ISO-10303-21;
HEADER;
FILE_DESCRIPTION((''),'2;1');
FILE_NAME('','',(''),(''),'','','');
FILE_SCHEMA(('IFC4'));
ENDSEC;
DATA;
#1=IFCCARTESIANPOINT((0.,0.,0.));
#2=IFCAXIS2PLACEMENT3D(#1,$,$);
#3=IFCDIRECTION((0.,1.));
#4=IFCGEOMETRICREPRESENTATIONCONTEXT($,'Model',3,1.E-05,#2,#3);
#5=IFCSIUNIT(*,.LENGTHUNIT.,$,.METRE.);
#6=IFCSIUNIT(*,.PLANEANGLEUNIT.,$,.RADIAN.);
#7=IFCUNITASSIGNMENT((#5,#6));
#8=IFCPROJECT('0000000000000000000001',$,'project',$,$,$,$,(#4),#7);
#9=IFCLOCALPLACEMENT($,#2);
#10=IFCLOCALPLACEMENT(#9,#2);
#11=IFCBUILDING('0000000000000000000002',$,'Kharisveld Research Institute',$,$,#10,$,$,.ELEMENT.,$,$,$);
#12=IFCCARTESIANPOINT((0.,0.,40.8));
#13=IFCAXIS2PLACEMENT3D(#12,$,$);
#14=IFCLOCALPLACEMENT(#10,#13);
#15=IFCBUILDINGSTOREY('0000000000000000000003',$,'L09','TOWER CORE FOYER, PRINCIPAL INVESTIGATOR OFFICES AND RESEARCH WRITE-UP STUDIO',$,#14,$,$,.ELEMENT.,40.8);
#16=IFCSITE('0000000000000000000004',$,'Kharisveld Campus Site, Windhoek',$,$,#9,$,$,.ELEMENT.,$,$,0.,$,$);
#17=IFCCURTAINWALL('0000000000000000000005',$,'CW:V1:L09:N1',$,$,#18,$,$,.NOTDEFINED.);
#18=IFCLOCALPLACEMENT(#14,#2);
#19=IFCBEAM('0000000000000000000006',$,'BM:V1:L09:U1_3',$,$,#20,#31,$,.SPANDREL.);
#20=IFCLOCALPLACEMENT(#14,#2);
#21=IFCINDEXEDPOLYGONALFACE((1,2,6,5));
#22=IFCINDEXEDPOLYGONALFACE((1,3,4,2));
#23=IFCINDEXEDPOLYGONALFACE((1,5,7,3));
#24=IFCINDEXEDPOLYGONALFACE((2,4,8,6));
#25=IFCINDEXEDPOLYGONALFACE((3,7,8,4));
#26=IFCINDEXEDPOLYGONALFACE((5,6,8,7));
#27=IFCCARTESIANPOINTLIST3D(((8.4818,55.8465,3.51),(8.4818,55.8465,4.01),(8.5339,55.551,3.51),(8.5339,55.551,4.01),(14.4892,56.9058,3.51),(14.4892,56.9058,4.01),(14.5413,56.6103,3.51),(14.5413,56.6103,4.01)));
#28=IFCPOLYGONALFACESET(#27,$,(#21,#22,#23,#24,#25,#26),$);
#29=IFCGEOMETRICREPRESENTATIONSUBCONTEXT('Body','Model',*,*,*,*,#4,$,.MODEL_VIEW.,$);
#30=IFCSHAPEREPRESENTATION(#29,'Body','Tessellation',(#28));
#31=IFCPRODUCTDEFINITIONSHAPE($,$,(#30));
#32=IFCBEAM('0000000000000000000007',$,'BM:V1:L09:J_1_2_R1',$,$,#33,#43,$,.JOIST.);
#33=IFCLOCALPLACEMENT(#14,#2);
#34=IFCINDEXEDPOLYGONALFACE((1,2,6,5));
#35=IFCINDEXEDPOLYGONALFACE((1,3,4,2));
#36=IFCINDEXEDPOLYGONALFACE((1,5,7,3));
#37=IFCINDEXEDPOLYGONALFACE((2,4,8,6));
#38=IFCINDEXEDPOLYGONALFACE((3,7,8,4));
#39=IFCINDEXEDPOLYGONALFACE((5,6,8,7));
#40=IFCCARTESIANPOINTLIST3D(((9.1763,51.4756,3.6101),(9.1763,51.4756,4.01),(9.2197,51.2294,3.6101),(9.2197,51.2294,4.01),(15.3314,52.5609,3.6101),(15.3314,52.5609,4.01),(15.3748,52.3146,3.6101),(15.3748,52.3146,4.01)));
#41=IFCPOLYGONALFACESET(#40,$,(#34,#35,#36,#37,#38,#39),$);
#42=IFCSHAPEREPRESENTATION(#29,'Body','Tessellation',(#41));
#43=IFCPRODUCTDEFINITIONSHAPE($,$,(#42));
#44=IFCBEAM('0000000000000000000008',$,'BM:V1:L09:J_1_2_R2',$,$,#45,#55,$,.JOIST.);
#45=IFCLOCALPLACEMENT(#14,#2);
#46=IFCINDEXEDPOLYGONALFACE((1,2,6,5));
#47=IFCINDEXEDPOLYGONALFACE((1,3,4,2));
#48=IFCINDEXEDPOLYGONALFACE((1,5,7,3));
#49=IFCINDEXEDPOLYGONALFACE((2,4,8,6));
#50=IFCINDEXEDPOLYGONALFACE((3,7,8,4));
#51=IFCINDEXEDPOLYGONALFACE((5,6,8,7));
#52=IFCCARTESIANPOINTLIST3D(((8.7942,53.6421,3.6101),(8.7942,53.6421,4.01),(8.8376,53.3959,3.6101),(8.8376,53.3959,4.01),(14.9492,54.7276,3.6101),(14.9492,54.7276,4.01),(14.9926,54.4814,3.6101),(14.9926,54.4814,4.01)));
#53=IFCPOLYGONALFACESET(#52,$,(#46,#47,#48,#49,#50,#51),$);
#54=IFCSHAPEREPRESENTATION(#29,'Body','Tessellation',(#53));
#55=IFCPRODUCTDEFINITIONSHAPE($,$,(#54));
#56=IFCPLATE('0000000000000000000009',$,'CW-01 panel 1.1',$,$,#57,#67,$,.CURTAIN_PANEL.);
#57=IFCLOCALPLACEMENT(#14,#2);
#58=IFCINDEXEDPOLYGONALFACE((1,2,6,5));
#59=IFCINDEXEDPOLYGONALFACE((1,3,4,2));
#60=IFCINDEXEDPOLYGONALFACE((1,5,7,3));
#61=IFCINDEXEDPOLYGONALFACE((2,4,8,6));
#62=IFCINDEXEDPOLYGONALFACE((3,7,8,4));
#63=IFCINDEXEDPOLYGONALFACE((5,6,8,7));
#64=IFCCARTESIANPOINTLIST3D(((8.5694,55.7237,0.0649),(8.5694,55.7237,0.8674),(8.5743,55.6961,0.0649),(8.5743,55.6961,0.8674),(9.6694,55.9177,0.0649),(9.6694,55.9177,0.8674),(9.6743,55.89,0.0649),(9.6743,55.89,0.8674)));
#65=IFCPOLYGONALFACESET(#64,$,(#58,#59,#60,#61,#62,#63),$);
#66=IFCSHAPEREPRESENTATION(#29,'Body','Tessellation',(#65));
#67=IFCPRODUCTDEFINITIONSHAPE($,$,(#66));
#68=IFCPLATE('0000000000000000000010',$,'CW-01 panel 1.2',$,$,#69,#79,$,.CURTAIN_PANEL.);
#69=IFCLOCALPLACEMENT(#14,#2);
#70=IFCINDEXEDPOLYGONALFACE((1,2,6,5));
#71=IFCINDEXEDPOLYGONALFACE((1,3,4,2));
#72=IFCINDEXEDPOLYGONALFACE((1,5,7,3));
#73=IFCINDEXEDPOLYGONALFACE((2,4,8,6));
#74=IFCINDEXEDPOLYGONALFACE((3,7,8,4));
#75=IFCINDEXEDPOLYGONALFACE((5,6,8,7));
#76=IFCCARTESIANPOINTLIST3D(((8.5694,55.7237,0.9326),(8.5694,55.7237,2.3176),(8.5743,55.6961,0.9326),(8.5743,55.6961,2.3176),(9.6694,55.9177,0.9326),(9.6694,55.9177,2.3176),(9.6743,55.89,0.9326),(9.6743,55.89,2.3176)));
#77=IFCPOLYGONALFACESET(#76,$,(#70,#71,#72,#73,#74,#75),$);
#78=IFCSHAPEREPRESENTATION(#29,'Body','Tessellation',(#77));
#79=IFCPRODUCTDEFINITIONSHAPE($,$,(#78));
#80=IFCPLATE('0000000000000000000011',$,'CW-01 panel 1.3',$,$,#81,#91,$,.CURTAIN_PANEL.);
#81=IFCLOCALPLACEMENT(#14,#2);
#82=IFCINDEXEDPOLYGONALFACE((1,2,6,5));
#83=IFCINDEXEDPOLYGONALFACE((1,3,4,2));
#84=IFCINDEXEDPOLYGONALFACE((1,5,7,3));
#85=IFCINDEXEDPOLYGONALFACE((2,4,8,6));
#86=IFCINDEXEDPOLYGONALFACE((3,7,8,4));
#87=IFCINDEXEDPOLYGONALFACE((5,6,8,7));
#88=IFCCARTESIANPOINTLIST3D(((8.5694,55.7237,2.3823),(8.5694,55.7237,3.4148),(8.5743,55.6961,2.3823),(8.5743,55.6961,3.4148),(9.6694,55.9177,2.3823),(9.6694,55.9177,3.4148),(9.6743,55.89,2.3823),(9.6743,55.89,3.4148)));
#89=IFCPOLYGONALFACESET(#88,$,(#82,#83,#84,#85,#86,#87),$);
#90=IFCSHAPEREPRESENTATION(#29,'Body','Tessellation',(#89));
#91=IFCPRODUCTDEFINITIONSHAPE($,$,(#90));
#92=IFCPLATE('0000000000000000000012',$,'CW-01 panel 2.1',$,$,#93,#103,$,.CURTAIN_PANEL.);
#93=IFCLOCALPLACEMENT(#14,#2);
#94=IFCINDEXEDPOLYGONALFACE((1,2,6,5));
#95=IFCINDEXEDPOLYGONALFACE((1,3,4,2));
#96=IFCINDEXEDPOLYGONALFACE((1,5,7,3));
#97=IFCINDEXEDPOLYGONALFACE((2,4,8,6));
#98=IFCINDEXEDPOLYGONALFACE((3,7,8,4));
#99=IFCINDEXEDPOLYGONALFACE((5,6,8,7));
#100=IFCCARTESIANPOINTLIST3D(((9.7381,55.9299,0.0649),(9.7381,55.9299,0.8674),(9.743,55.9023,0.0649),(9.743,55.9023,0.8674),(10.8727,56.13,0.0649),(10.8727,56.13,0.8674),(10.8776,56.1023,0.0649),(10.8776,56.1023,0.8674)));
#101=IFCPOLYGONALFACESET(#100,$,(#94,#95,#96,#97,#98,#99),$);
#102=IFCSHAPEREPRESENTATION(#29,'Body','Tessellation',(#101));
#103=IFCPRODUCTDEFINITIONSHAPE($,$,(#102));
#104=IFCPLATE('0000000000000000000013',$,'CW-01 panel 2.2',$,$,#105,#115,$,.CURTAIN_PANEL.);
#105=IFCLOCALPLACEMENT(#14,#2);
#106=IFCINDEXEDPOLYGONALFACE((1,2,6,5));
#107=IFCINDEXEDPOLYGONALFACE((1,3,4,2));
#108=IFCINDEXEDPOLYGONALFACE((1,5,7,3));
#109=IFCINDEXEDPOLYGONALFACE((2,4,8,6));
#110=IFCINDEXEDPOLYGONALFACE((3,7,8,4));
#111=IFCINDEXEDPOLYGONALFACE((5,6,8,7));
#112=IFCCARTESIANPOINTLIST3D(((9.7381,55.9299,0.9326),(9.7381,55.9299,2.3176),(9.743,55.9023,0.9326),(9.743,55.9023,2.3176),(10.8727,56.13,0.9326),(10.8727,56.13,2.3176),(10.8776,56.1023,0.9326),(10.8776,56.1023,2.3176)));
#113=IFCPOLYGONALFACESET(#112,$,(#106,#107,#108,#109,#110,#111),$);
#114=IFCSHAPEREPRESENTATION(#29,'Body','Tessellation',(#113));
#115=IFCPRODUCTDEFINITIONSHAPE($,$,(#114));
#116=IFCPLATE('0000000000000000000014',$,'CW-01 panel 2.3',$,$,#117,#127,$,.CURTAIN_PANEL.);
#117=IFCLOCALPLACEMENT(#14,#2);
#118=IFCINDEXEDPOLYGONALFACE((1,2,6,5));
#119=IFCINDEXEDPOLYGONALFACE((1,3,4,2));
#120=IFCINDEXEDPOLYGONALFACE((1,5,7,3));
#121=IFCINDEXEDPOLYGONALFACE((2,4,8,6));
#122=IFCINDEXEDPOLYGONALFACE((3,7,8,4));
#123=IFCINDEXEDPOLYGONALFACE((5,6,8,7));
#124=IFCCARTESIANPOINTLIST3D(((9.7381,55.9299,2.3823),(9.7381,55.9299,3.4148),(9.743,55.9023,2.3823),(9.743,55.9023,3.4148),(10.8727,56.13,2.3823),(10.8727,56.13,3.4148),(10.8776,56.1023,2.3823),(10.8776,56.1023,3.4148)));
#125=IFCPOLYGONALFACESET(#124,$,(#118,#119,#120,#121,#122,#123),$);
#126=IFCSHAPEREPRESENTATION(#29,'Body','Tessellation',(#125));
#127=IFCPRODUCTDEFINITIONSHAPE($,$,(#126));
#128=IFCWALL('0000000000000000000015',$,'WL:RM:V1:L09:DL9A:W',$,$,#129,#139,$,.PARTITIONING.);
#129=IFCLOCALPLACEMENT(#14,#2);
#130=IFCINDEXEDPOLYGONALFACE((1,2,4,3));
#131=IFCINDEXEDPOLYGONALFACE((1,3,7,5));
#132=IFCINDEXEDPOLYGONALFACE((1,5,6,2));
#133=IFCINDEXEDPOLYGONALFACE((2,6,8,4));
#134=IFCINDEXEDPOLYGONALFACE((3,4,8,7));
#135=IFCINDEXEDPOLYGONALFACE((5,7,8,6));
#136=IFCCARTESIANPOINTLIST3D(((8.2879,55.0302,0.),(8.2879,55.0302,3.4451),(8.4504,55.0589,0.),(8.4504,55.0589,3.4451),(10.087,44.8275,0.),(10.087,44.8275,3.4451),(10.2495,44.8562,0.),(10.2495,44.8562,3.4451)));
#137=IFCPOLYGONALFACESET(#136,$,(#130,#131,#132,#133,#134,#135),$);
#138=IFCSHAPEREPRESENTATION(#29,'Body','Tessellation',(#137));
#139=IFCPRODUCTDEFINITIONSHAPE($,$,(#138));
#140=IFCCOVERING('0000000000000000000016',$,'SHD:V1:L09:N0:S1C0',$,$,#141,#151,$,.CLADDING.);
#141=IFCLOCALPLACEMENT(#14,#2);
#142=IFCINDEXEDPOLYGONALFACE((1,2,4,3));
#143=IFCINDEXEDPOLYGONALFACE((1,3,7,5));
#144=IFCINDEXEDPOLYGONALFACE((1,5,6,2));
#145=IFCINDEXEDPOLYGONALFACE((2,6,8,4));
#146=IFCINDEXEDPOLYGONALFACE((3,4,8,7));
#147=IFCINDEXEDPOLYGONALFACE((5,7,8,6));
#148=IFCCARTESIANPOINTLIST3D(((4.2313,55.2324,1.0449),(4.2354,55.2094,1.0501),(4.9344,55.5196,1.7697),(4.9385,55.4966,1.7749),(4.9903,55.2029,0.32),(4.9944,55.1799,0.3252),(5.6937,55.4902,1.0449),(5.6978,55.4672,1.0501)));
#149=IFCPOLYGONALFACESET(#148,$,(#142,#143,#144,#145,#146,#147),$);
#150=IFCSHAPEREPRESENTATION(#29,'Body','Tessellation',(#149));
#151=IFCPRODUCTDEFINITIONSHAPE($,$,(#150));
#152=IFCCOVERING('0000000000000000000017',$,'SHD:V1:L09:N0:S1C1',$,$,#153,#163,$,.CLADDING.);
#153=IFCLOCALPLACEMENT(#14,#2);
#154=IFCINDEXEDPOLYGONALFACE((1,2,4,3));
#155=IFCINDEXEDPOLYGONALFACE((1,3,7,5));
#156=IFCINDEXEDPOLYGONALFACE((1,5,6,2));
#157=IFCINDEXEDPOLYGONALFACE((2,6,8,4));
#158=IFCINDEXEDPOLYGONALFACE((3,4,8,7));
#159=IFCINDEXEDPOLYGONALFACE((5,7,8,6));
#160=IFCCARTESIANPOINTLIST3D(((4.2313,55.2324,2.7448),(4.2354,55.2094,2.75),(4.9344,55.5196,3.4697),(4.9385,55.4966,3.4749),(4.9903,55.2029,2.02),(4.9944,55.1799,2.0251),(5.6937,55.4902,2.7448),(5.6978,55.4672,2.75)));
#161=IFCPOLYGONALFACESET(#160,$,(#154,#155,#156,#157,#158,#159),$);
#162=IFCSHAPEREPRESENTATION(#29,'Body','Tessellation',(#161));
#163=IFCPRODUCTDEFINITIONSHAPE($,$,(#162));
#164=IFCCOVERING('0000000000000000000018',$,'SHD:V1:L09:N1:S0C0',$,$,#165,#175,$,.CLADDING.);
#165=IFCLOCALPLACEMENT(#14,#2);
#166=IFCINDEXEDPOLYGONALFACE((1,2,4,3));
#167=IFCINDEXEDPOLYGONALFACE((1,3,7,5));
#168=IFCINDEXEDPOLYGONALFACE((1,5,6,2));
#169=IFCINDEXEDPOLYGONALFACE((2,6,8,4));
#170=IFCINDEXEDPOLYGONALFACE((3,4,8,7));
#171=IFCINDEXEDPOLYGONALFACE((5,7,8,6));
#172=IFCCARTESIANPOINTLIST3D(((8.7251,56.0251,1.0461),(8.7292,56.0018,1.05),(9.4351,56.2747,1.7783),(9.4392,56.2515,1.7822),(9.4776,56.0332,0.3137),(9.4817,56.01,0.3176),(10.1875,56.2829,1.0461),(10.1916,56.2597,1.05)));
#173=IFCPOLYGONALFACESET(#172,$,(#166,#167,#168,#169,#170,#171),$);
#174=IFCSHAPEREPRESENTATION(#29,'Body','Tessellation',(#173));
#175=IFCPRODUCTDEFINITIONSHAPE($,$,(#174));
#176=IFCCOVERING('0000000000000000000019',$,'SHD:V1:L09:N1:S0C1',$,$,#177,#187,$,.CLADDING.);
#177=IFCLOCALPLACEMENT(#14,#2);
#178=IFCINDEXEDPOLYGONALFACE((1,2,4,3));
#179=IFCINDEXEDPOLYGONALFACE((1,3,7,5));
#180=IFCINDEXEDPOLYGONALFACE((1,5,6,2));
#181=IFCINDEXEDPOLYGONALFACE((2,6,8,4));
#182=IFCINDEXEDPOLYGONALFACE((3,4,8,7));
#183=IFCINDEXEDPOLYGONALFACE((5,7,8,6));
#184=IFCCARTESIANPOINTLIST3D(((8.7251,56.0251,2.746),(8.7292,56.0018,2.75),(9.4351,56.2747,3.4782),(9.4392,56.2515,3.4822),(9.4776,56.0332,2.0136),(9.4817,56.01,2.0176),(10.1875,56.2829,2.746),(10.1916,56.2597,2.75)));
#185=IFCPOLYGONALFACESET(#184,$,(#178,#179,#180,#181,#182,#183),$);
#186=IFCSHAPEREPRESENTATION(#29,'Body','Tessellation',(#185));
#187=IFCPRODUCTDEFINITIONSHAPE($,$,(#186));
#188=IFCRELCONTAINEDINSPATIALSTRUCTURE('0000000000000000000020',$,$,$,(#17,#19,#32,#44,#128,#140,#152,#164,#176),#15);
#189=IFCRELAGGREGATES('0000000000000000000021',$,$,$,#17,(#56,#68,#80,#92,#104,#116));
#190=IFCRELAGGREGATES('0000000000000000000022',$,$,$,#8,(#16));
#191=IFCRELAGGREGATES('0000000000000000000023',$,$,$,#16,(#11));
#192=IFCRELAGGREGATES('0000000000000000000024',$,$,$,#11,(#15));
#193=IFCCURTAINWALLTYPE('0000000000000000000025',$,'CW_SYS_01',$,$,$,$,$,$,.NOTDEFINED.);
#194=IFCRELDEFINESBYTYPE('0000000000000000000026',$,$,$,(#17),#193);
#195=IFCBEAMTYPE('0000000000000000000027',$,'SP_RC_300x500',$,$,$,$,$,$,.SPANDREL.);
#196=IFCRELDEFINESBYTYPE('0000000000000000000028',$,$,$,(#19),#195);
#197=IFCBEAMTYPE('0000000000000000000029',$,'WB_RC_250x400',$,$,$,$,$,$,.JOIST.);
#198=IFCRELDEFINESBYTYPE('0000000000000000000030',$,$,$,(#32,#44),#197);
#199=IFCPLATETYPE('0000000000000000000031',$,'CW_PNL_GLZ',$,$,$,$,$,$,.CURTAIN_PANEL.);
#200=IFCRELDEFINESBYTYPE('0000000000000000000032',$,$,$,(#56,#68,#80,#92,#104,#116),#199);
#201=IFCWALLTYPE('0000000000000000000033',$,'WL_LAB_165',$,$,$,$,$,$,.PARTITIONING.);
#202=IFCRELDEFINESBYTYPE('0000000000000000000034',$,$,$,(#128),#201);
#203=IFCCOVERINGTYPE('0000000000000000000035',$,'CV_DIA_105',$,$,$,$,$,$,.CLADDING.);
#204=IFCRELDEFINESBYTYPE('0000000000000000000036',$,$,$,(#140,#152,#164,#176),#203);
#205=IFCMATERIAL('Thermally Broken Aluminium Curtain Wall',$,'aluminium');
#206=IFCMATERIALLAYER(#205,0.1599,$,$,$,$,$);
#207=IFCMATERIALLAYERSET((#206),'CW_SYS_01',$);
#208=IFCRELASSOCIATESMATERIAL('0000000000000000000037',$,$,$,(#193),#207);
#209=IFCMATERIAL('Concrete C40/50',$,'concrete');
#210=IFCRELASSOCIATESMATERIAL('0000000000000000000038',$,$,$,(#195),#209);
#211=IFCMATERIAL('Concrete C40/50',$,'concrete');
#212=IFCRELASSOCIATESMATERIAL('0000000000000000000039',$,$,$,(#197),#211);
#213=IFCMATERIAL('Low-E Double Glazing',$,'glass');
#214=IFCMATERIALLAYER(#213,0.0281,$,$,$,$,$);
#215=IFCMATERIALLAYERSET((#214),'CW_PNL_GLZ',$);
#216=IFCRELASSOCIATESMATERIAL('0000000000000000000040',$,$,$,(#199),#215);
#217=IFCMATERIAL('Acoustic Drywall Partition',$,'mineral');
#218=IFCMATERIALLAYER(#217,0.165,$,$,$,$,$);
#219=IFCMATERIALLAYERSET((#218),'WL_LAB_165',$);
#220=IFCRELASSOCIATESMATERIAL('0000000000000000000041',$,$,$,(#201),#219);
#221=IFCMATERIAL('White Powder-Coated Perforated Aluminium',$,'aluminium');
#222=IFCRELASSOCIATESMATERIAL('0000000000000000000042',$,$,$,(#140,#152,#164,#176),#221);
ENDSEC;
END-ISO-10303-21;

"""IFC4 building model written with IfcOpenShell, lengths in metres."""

from ifc_helpers import new_model, si_unit, direction, frame, frame_2d, origin, origin_2d, place, context, subcontext, project, spatial, polyline, rectangle, outline, extrude, material, layer, layer_set, material_profile, profile_set, type_object, element, aggregate, save


model = new_model("IFC4")

# Units and contexts
model_context = context("Model", 3, precision=1e-05, world=origin(), true_north=direction((0.0, 1.0)))
body_context = subcontext(model_context, "Body", "Model", "MODEL_VIEW")
ifc_project = project(units=[si_unit("LENGTHUNIT", "METRE"), si_unit("PLANEANGLEUNIT", "RADIAN")], contexts=[model_context])

# Site, building, storey
site_placement = place(None, origin())
site = spatial("IfcSite", under=ifc_project, at=site_placement, Name="Kharisveld Campus Site, Windhoek", CompositionType="ELEMENT", RefElevation=0.0)
building_placement = place(site_placement, origin())
building = spatial("IfcBuilding", under=site, at=building_placement, Name="Kharisveld Research Institute", CompositionType="ELEMENT")
storey_placement = place(building_placement, frame((0.0, 0.0, 40.8)))
storey = spatial("IfcBuildingStorey", under=building, at=storey_placement, Name="L09", Description="TOWER CORE FOYER, PRINCIPAL INVESTIGATOR OFFICES AND RESEARCH WRITE-UP STUDIO", CompositionType="ELEMENT", Elevation=40.8)

# Curtain wall
ifc_material_1 = material(Name="Thermally Broken Aluminium Curtain Wall", Category="aluminium")
ifc_layer_1 = layer(ifc_material_1, 0.1599)
ifc_layer_set_1 = layer_set([ifc_layer_1], Name="CW_SYS_01")
curtain_wall_type = type_object("IfcCurtainWallType", Name="CW_SYS_01", PredefinedType="NOTDEFINED", material=ifc_layer_set_1)
curtain_wall_placement = place(storey_placement, origin())
curtain_wall = element("IfcCurtainWall", 1, at=curtain_wall_placement, inside=storey, type_object=curtain_wall_type, Name="CW:V1:L09:N1", PredefinedType="NOTDEFINED")

# Beams
ifc_material_2 = material(Name="Concrete C40/50", Category="concrete")
ifc_material_profile_1 = material_profile(ifc_material_2, rectangle(XDim=0.3, YDim=0.5, at=origin_2d()))
ifc_profile_set_1 = profile_set([ifc_material_profile_1], Name="Concrete C40/50")
beam_type_1 = type_object("IfcBeamType", Name="SP_RC_300x500", PredefinedType="SPANDREL", material=ifc_profile_set_1)
beam_placement = place(storey_placement, frame((8.5078, 55.6987, 3.76), z_axis=(0.984806, 0.17366, 0.0), x_axis=(-0.17366, 0.984806, 0.0)))
element("IfcBeam", 2, at=beam_placement, inside=storey, type_object=beam_type_1, Name="BM:V1:L09:U1_3", PredefinedType="SPANDREL", context=body_context, shape_type="SweptSolid", body=[
    extrude(rectangle(XDim=0.3, YDim=0.5, at=origin_2d()), origin(), (0.0, 0.0, 1.0), 6.1001),
])
ifc_material_3 = material(Name="Concrete C40/50", Category="concrete")
ifc_material_profile_2 = material_profile(ifc_material_3, rectangle(XDim=0.25, YDim=0.3999, at=origin_2d()))
ifc_profile_set_2 = profile_set([ifc_material_profile_2], Name="Concrete C40/50")
beam_type_2 = type_object("IfcBeamType", Name="WB_RC_250x400", PredefinedType="JOIST", material=ifc_profile_set_2)
for number, where, z_axis, x_axis, name in (
    (3, (9.198, 51.3525, 3.8101), (0.98481, 0.173634, 0.0), (-0.173634, 0.98481, 0.0), "BM:V1:L09:J_1_2_R1"),
    (4, (8.8159, 53.519, 3.8101), (0.984804, 0.173672, 0.0), (-0.173672, 0.984804, 0.0), "BM:V1:L09:J_1_2_R2"),
):
    element("IfcBeam", number, at=place(storey_placement, frame(where, z_axis=z_axis, x_axis=x_axis)), inside=storey, type_object=beam_type_2, Name=name, PredefinedType="JOIST", context=body_context, shape_type="SweptSolid", body=[
        extrude(rectangle(XDim=0.25, YDim=0.3999, at=origin_2d()), origin(), (0.0, 0.0, 1.0), 6.25),
    ])

# Plates
ifc_material_4 = material(Name="Low-E Double Glazing", Category="glass")
ifc_layer_2 = layer(ifc_material_4, 0.0281)
ifc_layer_set_2 = layer_set([ifc_layer_2], Name="CW_PNL_GLZ")
plate_type = type_object("IfcPlateType", Name="CW_PNL_GLZ", PredefinedType="CURTAIN_PANEL", material=ifc_layer_set_2)
plate_1_placement = place(storey_placement, frame((9.1218, 55.8069, 0.0649), z_axis=(0.0, 0.0, 1.0), x_axis=(0.984808, 0.173648, 0.0)))
plate_1 = element("IfcPlate", 5, at=plate_1_placement, type_object=plate_type, Name="CW-01 panel 1.1", PredefinedType="CURTAIN_PANEL", context=body_context, shape_type="SweptSolid", body=[
    extrude(rectangle(XDim=1.1169, YDim=0.0281, at=origin_2d()), origin(), (0.0, 0.0, 1.0), 0.8025),
])
plate_2_placement = place(storey_placement, frame((9.1218, 55.8069, 0.9326), z_axis=(0.0, 0.0, 1.0), x_axis=(0.984808, 0.173648, 0.0)))
plate_2 = element("IfcPlate", 6, at=plate_2_placement, type_object=plate_type, Name="CW-01 panel 1.2", PredefinedType="CURTAIN_PANEL", context=body_context, shape_type="SweptSolid", body=[
    extrude(rectangle(XDim=1.1169, YDim=0.0281, at=origin_2d()), origin(), (0.0, 0.0, 1.0), 1.385),
])
plate_3_placement = place(storey_placement, frame((9.1218, 55.8069, 2.3823), z_axis=(0.0, 0.0, 1.0), x_axis=(0.984808, 0.173648, 0.0)))
plate_3 = element("IfcPlate", 7, at=plate_3_placement, type_object=plate_type, Name="CW-01 panel 1.3", PredefinedType="CURTAIN_PANEL", context=body_context, shape_type="SweptSolid", body=[
    extrude(rectangle(XDim=1.1169, YDim=0.0281, at=origin_2d()), origin(), (0.0, 0.0, 1.0), 1.0325),
])
plate_4_placement = place(storey_placement, frame((10.3079, 56.0161, 0.0649), z_axis=(0.0, 0.0, 1.0), x_axis=(0.984808, 0.173648, 0.0)))
plate_4 = element("IfcPlate", 8, at=plate_4_placement, type_object=plate_type, Name="CW-01 panel 2.1", PredefinedType="CURTAIN_PANEL", context=body_context, shape_type="SweptSolid", body=[
    extrude(rectangle(XDim=1.1521, YDim=0.0281, at=origin_2d()), origin(), (0.0, 0.0, 1.0), 0.8025),
])
plate_5_placement = place(storey_placement, frame((10.3079, 56.0161, 0.9326), z_axis=(0.0, 0.0, 1.0), x_axis=(0.984808, 0.173648, 0.0)))
plate_5 = element("IfcPlate", 9, at=plate_5_placement, type_object=plate_type, Name="CW-01 panel 2.2", PredefinedType="CURTAIN_PANEL", context=body_context, shape_type="SweptSolid", body=[
    extrude(rectangle(XDim=1.1521, YDim=0.0281, at=origin_2d()), origin(), (0.0, 0.0, 1.0), 1.385),
])
plate_6_placement = place(storey_placement, frame((10.3079, 56.0161, 2.3823), z_axis=(0.0, 0.0, 1.0), x_axis=(0.984808, 0.173648, 0.0)))
plate_6 = element("IfcPlate", 10, at=plate_6_placement, type_object=plate_type, Name="CW-01 panel 2.3", PredefinedType="CURTAIN_PANEL", context=body_context, shape_type="SweptSolid", body=[
    extrude(rectangle(XDim=1.1521, YDim=0.0281, at=origin_2d()), origin(), (0.0, 0.0, 1.0), 1.0325),
])
aggregate(curtain_wall, [plate_1, plate_2, plate_3, plate_4, plate_5, plate_6])

# Wall
ifc_material_5 = material(Name="Acoustic Drywall Partition", Category="mineral")
ifc_layer_3 = layer(ifc_material_5, 0.165)
ifc_layer_set_3 = layer_set([ifc_layer_3], Name="WL_LAB_165")
wall_type = type_object("IfcWallType", Name="WL_LAB_165", PredefinedType="PARTITIONING", material=ifc_layer_set_3)
wall_placement = place(storey_placement, frame((8.3691, 55.0447, 0.0), z_axis=(0.0, 0.0, 1.0), x_axis=(0.173655, -0.984807, 0.0)))
element("IfcWall", 11, at=wall_placement, inside=storey, type_object=wall_type, Name="WL:RM:V1:L09:DL9A:W", PredefinedType="PARTITIONING", context=body_context, shape_type="SweptSolid", body=[
    extrude(rectangle(XDim=10.3601, YDim=0.165, at=frame_2d((5.1802, 0.0))), origin(), (0.0, 0.0, 1.0), 3.4451),
])

# Coverings
ifc_material_6 = material(Name="White Powder-Coated Perforated Aluminium", Category="aluminium")
covering_type = type_object("IfcCoveringType", Name="CV_DIA_105", PredefinedType="CLADDING")
for number, where, z_axis, x_axis, name in (
    (12, (4.9944, 55.1799, 0.3252), (0.169497, -0.961447, 0.21654), (0.669826, 0.273555, 0.69029), "SHD:V1:L09:N0:S1C0"),
    (13, (4.9944, 55.1799, 2.0251), (0.169497, -0.961447, 0.21654), (0.669826, 0.273555, 0.69029), "SHD:V1:L09:N0:S1C1"),
):
    element("IfcCovering", number, at=place(storey_placement, frame(where, z_axis=z_axis, x_axis=x_axis)), inside=storey, type_object=covering_type, material=ifc_material_6, Name=name, PredefinedType="CLADDING", context=body_context, shape_type="SweptSolid", body=[
        extrude(outline(polyline([(0.0, 0.0), (1.0501, 0.0), (1.0499, 1.0501), (0.0, 1.05), (0.0, 0.0)])), origin(), (0.0, 0.0, -1.0), 0.0239),
    ])
for number, where, z_axis, x_axis, name in (
    (14, (9.4817, 56.01, 0.3176), (0.171234, -0.971299, 0.165096), (0.676056, 0.237732, 0.697446), "SHD:V1:L09:N1:S0C0"),
    (15, (9.4817, 56.01, 2.0176), (0.171234, -0.971299, 0.165096), (0.676056, 0.237732, 0.697446), "SHD:V1:L09:N1:S0C1"),
):
    element("IfcCovering", number, at=place(storey_placement, frame(where, z_axis=z_axis, x_axis=x_axis)), inside=storey, type_object=covering_type, material=ifc_material_6, Name=name, PredefinedType="CLADDING", context=body_context, shape_type="SweptSolid", body=[
        extrude(outline(polyline([(0.0, 0.0), (1.0501, 0.0), (1.0502, 1.0499), (0.0002, 1.0501), (0.0, 0.0)])), origin(), (0.0, 0.0, -1.0), 0.0239),
    ])

save(model, "model.ifc")
